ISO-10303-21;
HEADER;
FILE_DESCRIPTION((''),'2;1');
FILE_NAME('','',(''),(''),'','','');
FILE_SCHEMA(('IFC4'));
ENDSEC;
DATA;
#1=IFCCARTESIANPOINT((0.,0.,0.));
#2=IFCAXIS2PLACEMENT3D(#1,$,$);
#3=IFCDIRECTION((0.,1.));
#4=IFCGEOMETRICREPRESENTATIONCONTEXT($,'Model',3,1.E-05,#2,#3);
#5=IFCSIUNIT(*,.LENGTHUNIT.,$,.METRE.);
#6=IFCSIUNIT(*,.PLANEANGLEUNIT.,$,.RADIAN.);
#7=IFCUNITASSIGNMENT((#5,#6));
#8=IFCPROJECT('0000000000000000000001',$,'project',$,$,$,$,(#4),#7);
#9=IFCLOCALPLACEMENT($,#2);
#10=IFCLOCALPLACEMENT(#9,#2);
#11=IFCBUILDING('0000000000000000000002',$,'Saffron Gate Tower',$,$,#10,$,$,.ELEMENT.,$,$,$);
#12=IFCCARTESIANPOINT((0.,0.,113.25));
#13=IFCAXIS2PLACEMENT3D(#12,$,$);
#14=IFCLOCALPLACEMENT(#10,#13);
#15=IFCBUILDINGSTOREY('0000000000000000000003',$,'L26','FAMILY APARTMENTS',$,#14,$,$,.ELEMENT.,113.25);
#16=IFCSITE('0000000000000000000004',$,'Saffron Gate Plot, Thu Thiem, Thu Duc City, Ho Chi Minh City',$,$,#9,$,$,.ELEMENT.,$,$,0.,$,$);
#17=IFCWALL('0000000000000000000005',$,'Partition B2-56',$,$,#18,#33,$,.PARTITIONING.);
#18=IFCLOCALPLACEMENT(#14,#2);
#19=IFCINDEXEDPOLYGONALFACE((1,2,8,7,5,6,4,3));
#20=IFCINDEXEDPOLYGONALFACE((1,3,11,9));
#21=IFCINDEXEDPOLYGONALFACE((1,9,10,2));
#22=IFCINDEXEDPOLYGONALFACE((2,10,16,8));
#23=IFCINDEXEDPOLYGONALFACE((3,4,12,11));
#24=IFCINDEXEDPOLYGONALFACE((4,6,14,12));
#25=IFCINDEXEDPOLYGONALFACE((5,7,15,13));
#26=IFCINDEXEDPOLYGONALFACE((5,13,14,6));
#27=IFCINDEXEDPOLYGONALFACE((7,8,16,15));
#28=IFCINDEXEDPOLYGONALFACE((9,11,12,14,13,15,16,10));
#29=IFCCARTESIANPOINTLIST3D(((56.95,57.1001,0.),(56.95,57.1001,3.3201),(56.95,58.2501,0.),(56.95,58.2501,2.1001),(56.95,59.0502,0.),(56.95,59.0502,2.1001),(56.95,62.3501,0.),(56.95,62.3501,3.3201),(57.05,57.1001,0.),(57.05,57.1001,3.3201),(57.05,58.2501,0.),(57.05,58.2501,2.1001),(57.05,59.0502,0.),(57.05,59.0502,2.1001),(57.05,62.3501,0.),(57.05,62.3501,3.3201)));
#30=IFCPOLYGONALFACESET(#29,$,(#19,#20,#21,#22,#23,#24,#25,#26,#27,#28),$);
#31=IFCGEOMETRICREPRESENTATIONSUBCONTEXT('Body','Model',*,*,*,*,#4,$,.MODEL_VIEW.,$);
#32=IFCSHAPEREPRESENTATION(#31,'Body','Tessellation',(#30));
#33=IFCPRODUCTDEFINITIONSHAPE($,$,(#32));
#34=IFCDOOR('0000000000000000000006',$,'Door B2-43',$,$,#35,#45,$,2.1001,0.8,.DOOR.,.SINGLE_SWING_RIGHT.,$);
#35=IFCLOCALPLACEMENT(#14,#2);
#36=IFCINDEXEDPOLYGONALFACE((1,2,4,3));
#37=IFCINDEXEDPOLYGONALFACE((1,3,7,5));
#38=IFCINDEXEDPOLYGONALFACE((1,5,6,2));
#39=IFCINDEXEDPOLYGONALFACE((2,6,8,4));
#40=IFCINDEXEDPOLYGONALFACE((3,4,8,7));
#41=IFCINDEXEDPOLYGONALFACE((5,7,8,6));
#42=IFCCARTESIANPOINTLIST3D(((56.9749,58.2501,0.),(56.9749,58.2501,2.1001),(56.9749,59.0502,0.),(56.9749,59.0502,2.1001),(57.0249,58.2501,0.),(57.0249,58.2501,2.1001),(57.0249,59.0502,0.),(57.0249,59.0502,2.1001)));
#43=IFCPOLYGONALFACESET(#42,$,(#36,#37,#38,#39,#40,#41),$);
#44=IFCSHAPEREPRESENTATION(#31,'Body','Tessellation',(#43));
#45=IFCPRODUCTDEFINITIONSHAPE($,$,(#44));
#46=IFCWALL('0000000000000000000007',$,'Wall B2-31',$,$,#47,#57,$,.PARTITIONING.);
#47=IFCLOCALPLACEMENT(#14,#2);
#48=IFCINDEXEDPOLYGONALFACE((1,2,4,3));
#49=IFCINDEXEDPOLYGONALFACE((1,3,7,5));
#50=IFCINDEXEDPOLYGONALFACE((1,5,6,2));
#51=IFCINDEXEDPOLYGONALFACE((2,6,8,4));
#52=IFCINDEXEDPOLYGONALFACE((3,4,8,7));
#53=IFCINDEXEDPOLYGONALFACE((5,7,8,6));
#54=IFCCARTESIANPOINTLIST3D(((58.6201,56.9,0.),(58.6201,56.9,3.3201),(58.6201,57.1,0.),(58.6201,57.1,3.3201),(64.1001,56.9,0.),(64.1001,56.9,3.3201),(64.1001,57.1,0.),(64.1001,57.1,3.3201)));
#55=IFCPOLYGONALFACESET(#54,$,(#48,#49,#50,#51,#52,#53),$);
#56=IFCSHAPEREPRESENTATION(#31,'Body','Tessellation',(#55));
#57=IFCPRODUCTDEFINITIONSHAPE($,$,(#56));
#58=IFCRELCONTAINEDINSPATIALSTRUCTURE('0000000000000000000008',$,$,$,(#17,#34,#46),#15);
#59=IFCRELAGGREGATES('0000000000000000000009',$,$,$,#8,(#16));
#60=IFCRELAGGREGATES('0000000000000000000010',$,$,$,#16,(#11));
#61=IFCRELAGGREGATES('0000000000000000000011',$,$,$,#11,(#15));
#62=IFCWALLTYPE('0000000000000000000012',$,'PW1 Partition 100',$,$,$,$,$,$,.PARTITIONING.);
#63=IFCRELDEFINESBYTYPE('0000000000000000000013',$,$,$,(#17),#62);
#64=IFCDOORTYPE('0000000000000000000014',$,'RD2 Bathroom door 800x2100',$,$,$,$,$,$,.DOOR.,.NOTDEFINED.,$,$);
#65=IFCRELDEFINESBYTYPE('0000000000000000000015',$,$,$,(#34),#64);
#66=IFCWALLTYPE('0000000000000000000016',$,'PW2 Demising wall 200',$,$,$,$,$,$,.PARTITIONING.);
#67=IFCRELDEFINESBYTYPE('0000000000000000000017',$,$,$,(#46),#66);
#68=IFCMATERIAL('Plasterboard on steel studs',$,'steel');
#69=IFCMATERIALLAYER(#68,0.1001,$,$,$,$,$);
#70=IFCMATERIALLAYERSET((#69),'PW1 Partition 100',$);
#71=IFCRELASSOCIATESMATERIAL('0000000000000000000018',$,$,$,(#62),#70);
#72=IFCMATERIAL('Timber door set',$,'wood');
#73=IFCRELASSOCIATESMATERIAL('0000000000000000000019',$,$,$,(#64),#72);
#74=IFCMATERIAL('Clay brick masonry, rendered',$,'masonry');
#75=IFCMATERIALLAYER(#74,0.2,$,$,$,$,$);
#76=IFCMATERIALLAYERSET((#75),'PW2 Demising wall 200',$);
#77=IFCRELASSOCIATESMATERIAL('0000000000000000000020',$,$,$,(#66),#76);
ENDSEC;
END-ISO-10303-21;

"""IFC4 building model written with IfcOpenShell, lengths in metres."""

from ifc_helpers import new_model, si_unit, direction, frame, frame_2d, origin, place, context, subcontext, project, spatial, rectangle, extrude, material, layer, layer_set, type_object, element, fill, save


model = new_model("IFC4")

# Units and contexts
model_context = context("Model", 3, precision=1e-05, world=origin(), true_north=direction((0.0, 1.0)))
body_context = subcontext(model_context, "Body", "Model", "MODEL_VIEW")
ifc_project = project(units=[si_unit("LENGTHUNIT", "METRE"), si_unit("PLANEANGLEUNIT", "RADIAN")], contexts=[model_context])

# Site, building, storey
site_placement = place(None, origin())
site = spatial("IfcSite", under=ifc_project, at=site_placement, Name="Saffron Gate Plot, Thu Thiem, Thu Duc City, Ho Chi Minh City", CompositionType="ELEMENT", RefElevation=0.0)
building_placement = place(site_placement, origin())
building = spatial("IfcBuilding", under=site, at=building_placement, Name="Saffron Gate Tower", CompositionType="ELEMENT")
storey_placement = place(building_placement, frame((0.0, 0.0, 113.25)))
storey = spatial("IfcBuildingStorey", under=building, at=storey_placement, Name="L26", Description="FAMILY APARTMENTS", CompositionType="ELEMENT", Elevation=113.25)

# Shared definitions
ifc_material_1 = material(Name="Plasterboard on steel studs", Category="steel")
ifc_layer_1 = layer(ifc_material_1, 0.1001)
ifc_layer_set_1 = layer_set([ifc_layer_1], Name="PW1 Partition 100")
wall_type_1 = type_object("IfcWallType", Name="PW1 Partition 100", PredefinedType="PARTITIONING", material=ifc_layer_set_1)

# Shared definitions
ifc_material_2 = material(Name="Timber door set", Category="wood")
door_type_1 = type_object("IfcDoorType", Name="RD2 Bathroom door 800x2100", OperationType="NOTDEFINED", PredefinedType="DOOR", material=ifc_material_2)

# Wall, opening, door
wall_1_placement = place(storey_placement, frame((57.0, 62.3501, 0.0), z_axis=(0.0, 0.0, 1.0), x_axis=(0.0, -1.0, 0.0)))
wall_1 = element("IfcWall", 1, at=wall_1_placement, inside=storey, type_object=wall_type_1, Name="Partition B2-56", PredefinedType="PARTITIONING", context=body_context, shape_type="SweptSolid", body=[
    extrude(rectangle(XDim=5.25, YDim=0.1001, at=frame_2d((2.625, 0.0))), origin(), (0.0, 0.0, 1.0), 3.3201),
])
opening_1_placement = place(wall_1_placement, frame((3.3, 0.0, 0.0)))
opening_1 = element("IfcOpeningElement", 2, at=opening_1_placement, cuts=wall_1, PredefinedType="OPENING", context=body_context, shape_type="SweptSolid", body=[
    extrude(rectangle(XDim=0.8, YDim=2.1001, at=frame_2d((0.3999, 1.05))), frame((0.0, 0.0601, 0.0), z_axis=(0.0, -1.0, 0.0), x_axis=(1.0, 0.0, 0.0)), (0.0, 0.0, 1.0), 0.1201),
])
door_1_placement = place(opening_1_placement, origin())
door_1 = element("IfcDoor", 3, at=door_1_placement, inside=storey, type_object=door_type_1, Name="Door B2-43", OperationType="SINGLE_SWING_RIGHT", OverallHeight=2.1001, OverallWidth=0.8, PredefinedType="DOOR", context=body_context, shape_type="SweptSolid", body=[
    extrude(rectangle(XDim=0.8, YDim=2.1001, at=frame_2d((0.3999, 1.05))), frame((0.0, 0.0249, 0.0), z_axis=(0.0, -1.0, 0.0), x_axis=(1.0, 0.0, 0.0)), (0.0, 0.0, 1.0), 0.05),
])
fill(opening_1, door_1)

# Wall
ifc_material_3 = material(Name="Clay brick masonry, rendered", Category="masonry")
ifc_layer_2 = layer(ifc_material_3, 0.2)
ifc_layer_set_2 = layer_set([ifc_layer_2], Name="PW2 Demising wall 200")
wall_type_2 = type_object("IfcWallType", Name="PW2 Demising wall 200", PredefinedType="PARTITIONING", material=ifc_layer_set_2)
wall_2_placement = place(storey_placement, frame((58.6201, 57.0, 0.0), z_axis=(0.0, 0.0, 1.0), x_axis=(1.0, 0.0, 0.0)))
element("IfcWall", 4, at=wall_2_placement, inside=storey, type_object=wall_type_2, Name="Wall B2-31", PredefinedType="PARTITIONING", context=body_context, shape_type="SweptSolid", body=[
    extrude(rectangle(XDim=5.48, YDim=0.2, at=frame_2d((2.74, 0.0))), origin(), (0.0, 0.0, 1.0), 3.3201),
])

save(model, "model.ifc")
